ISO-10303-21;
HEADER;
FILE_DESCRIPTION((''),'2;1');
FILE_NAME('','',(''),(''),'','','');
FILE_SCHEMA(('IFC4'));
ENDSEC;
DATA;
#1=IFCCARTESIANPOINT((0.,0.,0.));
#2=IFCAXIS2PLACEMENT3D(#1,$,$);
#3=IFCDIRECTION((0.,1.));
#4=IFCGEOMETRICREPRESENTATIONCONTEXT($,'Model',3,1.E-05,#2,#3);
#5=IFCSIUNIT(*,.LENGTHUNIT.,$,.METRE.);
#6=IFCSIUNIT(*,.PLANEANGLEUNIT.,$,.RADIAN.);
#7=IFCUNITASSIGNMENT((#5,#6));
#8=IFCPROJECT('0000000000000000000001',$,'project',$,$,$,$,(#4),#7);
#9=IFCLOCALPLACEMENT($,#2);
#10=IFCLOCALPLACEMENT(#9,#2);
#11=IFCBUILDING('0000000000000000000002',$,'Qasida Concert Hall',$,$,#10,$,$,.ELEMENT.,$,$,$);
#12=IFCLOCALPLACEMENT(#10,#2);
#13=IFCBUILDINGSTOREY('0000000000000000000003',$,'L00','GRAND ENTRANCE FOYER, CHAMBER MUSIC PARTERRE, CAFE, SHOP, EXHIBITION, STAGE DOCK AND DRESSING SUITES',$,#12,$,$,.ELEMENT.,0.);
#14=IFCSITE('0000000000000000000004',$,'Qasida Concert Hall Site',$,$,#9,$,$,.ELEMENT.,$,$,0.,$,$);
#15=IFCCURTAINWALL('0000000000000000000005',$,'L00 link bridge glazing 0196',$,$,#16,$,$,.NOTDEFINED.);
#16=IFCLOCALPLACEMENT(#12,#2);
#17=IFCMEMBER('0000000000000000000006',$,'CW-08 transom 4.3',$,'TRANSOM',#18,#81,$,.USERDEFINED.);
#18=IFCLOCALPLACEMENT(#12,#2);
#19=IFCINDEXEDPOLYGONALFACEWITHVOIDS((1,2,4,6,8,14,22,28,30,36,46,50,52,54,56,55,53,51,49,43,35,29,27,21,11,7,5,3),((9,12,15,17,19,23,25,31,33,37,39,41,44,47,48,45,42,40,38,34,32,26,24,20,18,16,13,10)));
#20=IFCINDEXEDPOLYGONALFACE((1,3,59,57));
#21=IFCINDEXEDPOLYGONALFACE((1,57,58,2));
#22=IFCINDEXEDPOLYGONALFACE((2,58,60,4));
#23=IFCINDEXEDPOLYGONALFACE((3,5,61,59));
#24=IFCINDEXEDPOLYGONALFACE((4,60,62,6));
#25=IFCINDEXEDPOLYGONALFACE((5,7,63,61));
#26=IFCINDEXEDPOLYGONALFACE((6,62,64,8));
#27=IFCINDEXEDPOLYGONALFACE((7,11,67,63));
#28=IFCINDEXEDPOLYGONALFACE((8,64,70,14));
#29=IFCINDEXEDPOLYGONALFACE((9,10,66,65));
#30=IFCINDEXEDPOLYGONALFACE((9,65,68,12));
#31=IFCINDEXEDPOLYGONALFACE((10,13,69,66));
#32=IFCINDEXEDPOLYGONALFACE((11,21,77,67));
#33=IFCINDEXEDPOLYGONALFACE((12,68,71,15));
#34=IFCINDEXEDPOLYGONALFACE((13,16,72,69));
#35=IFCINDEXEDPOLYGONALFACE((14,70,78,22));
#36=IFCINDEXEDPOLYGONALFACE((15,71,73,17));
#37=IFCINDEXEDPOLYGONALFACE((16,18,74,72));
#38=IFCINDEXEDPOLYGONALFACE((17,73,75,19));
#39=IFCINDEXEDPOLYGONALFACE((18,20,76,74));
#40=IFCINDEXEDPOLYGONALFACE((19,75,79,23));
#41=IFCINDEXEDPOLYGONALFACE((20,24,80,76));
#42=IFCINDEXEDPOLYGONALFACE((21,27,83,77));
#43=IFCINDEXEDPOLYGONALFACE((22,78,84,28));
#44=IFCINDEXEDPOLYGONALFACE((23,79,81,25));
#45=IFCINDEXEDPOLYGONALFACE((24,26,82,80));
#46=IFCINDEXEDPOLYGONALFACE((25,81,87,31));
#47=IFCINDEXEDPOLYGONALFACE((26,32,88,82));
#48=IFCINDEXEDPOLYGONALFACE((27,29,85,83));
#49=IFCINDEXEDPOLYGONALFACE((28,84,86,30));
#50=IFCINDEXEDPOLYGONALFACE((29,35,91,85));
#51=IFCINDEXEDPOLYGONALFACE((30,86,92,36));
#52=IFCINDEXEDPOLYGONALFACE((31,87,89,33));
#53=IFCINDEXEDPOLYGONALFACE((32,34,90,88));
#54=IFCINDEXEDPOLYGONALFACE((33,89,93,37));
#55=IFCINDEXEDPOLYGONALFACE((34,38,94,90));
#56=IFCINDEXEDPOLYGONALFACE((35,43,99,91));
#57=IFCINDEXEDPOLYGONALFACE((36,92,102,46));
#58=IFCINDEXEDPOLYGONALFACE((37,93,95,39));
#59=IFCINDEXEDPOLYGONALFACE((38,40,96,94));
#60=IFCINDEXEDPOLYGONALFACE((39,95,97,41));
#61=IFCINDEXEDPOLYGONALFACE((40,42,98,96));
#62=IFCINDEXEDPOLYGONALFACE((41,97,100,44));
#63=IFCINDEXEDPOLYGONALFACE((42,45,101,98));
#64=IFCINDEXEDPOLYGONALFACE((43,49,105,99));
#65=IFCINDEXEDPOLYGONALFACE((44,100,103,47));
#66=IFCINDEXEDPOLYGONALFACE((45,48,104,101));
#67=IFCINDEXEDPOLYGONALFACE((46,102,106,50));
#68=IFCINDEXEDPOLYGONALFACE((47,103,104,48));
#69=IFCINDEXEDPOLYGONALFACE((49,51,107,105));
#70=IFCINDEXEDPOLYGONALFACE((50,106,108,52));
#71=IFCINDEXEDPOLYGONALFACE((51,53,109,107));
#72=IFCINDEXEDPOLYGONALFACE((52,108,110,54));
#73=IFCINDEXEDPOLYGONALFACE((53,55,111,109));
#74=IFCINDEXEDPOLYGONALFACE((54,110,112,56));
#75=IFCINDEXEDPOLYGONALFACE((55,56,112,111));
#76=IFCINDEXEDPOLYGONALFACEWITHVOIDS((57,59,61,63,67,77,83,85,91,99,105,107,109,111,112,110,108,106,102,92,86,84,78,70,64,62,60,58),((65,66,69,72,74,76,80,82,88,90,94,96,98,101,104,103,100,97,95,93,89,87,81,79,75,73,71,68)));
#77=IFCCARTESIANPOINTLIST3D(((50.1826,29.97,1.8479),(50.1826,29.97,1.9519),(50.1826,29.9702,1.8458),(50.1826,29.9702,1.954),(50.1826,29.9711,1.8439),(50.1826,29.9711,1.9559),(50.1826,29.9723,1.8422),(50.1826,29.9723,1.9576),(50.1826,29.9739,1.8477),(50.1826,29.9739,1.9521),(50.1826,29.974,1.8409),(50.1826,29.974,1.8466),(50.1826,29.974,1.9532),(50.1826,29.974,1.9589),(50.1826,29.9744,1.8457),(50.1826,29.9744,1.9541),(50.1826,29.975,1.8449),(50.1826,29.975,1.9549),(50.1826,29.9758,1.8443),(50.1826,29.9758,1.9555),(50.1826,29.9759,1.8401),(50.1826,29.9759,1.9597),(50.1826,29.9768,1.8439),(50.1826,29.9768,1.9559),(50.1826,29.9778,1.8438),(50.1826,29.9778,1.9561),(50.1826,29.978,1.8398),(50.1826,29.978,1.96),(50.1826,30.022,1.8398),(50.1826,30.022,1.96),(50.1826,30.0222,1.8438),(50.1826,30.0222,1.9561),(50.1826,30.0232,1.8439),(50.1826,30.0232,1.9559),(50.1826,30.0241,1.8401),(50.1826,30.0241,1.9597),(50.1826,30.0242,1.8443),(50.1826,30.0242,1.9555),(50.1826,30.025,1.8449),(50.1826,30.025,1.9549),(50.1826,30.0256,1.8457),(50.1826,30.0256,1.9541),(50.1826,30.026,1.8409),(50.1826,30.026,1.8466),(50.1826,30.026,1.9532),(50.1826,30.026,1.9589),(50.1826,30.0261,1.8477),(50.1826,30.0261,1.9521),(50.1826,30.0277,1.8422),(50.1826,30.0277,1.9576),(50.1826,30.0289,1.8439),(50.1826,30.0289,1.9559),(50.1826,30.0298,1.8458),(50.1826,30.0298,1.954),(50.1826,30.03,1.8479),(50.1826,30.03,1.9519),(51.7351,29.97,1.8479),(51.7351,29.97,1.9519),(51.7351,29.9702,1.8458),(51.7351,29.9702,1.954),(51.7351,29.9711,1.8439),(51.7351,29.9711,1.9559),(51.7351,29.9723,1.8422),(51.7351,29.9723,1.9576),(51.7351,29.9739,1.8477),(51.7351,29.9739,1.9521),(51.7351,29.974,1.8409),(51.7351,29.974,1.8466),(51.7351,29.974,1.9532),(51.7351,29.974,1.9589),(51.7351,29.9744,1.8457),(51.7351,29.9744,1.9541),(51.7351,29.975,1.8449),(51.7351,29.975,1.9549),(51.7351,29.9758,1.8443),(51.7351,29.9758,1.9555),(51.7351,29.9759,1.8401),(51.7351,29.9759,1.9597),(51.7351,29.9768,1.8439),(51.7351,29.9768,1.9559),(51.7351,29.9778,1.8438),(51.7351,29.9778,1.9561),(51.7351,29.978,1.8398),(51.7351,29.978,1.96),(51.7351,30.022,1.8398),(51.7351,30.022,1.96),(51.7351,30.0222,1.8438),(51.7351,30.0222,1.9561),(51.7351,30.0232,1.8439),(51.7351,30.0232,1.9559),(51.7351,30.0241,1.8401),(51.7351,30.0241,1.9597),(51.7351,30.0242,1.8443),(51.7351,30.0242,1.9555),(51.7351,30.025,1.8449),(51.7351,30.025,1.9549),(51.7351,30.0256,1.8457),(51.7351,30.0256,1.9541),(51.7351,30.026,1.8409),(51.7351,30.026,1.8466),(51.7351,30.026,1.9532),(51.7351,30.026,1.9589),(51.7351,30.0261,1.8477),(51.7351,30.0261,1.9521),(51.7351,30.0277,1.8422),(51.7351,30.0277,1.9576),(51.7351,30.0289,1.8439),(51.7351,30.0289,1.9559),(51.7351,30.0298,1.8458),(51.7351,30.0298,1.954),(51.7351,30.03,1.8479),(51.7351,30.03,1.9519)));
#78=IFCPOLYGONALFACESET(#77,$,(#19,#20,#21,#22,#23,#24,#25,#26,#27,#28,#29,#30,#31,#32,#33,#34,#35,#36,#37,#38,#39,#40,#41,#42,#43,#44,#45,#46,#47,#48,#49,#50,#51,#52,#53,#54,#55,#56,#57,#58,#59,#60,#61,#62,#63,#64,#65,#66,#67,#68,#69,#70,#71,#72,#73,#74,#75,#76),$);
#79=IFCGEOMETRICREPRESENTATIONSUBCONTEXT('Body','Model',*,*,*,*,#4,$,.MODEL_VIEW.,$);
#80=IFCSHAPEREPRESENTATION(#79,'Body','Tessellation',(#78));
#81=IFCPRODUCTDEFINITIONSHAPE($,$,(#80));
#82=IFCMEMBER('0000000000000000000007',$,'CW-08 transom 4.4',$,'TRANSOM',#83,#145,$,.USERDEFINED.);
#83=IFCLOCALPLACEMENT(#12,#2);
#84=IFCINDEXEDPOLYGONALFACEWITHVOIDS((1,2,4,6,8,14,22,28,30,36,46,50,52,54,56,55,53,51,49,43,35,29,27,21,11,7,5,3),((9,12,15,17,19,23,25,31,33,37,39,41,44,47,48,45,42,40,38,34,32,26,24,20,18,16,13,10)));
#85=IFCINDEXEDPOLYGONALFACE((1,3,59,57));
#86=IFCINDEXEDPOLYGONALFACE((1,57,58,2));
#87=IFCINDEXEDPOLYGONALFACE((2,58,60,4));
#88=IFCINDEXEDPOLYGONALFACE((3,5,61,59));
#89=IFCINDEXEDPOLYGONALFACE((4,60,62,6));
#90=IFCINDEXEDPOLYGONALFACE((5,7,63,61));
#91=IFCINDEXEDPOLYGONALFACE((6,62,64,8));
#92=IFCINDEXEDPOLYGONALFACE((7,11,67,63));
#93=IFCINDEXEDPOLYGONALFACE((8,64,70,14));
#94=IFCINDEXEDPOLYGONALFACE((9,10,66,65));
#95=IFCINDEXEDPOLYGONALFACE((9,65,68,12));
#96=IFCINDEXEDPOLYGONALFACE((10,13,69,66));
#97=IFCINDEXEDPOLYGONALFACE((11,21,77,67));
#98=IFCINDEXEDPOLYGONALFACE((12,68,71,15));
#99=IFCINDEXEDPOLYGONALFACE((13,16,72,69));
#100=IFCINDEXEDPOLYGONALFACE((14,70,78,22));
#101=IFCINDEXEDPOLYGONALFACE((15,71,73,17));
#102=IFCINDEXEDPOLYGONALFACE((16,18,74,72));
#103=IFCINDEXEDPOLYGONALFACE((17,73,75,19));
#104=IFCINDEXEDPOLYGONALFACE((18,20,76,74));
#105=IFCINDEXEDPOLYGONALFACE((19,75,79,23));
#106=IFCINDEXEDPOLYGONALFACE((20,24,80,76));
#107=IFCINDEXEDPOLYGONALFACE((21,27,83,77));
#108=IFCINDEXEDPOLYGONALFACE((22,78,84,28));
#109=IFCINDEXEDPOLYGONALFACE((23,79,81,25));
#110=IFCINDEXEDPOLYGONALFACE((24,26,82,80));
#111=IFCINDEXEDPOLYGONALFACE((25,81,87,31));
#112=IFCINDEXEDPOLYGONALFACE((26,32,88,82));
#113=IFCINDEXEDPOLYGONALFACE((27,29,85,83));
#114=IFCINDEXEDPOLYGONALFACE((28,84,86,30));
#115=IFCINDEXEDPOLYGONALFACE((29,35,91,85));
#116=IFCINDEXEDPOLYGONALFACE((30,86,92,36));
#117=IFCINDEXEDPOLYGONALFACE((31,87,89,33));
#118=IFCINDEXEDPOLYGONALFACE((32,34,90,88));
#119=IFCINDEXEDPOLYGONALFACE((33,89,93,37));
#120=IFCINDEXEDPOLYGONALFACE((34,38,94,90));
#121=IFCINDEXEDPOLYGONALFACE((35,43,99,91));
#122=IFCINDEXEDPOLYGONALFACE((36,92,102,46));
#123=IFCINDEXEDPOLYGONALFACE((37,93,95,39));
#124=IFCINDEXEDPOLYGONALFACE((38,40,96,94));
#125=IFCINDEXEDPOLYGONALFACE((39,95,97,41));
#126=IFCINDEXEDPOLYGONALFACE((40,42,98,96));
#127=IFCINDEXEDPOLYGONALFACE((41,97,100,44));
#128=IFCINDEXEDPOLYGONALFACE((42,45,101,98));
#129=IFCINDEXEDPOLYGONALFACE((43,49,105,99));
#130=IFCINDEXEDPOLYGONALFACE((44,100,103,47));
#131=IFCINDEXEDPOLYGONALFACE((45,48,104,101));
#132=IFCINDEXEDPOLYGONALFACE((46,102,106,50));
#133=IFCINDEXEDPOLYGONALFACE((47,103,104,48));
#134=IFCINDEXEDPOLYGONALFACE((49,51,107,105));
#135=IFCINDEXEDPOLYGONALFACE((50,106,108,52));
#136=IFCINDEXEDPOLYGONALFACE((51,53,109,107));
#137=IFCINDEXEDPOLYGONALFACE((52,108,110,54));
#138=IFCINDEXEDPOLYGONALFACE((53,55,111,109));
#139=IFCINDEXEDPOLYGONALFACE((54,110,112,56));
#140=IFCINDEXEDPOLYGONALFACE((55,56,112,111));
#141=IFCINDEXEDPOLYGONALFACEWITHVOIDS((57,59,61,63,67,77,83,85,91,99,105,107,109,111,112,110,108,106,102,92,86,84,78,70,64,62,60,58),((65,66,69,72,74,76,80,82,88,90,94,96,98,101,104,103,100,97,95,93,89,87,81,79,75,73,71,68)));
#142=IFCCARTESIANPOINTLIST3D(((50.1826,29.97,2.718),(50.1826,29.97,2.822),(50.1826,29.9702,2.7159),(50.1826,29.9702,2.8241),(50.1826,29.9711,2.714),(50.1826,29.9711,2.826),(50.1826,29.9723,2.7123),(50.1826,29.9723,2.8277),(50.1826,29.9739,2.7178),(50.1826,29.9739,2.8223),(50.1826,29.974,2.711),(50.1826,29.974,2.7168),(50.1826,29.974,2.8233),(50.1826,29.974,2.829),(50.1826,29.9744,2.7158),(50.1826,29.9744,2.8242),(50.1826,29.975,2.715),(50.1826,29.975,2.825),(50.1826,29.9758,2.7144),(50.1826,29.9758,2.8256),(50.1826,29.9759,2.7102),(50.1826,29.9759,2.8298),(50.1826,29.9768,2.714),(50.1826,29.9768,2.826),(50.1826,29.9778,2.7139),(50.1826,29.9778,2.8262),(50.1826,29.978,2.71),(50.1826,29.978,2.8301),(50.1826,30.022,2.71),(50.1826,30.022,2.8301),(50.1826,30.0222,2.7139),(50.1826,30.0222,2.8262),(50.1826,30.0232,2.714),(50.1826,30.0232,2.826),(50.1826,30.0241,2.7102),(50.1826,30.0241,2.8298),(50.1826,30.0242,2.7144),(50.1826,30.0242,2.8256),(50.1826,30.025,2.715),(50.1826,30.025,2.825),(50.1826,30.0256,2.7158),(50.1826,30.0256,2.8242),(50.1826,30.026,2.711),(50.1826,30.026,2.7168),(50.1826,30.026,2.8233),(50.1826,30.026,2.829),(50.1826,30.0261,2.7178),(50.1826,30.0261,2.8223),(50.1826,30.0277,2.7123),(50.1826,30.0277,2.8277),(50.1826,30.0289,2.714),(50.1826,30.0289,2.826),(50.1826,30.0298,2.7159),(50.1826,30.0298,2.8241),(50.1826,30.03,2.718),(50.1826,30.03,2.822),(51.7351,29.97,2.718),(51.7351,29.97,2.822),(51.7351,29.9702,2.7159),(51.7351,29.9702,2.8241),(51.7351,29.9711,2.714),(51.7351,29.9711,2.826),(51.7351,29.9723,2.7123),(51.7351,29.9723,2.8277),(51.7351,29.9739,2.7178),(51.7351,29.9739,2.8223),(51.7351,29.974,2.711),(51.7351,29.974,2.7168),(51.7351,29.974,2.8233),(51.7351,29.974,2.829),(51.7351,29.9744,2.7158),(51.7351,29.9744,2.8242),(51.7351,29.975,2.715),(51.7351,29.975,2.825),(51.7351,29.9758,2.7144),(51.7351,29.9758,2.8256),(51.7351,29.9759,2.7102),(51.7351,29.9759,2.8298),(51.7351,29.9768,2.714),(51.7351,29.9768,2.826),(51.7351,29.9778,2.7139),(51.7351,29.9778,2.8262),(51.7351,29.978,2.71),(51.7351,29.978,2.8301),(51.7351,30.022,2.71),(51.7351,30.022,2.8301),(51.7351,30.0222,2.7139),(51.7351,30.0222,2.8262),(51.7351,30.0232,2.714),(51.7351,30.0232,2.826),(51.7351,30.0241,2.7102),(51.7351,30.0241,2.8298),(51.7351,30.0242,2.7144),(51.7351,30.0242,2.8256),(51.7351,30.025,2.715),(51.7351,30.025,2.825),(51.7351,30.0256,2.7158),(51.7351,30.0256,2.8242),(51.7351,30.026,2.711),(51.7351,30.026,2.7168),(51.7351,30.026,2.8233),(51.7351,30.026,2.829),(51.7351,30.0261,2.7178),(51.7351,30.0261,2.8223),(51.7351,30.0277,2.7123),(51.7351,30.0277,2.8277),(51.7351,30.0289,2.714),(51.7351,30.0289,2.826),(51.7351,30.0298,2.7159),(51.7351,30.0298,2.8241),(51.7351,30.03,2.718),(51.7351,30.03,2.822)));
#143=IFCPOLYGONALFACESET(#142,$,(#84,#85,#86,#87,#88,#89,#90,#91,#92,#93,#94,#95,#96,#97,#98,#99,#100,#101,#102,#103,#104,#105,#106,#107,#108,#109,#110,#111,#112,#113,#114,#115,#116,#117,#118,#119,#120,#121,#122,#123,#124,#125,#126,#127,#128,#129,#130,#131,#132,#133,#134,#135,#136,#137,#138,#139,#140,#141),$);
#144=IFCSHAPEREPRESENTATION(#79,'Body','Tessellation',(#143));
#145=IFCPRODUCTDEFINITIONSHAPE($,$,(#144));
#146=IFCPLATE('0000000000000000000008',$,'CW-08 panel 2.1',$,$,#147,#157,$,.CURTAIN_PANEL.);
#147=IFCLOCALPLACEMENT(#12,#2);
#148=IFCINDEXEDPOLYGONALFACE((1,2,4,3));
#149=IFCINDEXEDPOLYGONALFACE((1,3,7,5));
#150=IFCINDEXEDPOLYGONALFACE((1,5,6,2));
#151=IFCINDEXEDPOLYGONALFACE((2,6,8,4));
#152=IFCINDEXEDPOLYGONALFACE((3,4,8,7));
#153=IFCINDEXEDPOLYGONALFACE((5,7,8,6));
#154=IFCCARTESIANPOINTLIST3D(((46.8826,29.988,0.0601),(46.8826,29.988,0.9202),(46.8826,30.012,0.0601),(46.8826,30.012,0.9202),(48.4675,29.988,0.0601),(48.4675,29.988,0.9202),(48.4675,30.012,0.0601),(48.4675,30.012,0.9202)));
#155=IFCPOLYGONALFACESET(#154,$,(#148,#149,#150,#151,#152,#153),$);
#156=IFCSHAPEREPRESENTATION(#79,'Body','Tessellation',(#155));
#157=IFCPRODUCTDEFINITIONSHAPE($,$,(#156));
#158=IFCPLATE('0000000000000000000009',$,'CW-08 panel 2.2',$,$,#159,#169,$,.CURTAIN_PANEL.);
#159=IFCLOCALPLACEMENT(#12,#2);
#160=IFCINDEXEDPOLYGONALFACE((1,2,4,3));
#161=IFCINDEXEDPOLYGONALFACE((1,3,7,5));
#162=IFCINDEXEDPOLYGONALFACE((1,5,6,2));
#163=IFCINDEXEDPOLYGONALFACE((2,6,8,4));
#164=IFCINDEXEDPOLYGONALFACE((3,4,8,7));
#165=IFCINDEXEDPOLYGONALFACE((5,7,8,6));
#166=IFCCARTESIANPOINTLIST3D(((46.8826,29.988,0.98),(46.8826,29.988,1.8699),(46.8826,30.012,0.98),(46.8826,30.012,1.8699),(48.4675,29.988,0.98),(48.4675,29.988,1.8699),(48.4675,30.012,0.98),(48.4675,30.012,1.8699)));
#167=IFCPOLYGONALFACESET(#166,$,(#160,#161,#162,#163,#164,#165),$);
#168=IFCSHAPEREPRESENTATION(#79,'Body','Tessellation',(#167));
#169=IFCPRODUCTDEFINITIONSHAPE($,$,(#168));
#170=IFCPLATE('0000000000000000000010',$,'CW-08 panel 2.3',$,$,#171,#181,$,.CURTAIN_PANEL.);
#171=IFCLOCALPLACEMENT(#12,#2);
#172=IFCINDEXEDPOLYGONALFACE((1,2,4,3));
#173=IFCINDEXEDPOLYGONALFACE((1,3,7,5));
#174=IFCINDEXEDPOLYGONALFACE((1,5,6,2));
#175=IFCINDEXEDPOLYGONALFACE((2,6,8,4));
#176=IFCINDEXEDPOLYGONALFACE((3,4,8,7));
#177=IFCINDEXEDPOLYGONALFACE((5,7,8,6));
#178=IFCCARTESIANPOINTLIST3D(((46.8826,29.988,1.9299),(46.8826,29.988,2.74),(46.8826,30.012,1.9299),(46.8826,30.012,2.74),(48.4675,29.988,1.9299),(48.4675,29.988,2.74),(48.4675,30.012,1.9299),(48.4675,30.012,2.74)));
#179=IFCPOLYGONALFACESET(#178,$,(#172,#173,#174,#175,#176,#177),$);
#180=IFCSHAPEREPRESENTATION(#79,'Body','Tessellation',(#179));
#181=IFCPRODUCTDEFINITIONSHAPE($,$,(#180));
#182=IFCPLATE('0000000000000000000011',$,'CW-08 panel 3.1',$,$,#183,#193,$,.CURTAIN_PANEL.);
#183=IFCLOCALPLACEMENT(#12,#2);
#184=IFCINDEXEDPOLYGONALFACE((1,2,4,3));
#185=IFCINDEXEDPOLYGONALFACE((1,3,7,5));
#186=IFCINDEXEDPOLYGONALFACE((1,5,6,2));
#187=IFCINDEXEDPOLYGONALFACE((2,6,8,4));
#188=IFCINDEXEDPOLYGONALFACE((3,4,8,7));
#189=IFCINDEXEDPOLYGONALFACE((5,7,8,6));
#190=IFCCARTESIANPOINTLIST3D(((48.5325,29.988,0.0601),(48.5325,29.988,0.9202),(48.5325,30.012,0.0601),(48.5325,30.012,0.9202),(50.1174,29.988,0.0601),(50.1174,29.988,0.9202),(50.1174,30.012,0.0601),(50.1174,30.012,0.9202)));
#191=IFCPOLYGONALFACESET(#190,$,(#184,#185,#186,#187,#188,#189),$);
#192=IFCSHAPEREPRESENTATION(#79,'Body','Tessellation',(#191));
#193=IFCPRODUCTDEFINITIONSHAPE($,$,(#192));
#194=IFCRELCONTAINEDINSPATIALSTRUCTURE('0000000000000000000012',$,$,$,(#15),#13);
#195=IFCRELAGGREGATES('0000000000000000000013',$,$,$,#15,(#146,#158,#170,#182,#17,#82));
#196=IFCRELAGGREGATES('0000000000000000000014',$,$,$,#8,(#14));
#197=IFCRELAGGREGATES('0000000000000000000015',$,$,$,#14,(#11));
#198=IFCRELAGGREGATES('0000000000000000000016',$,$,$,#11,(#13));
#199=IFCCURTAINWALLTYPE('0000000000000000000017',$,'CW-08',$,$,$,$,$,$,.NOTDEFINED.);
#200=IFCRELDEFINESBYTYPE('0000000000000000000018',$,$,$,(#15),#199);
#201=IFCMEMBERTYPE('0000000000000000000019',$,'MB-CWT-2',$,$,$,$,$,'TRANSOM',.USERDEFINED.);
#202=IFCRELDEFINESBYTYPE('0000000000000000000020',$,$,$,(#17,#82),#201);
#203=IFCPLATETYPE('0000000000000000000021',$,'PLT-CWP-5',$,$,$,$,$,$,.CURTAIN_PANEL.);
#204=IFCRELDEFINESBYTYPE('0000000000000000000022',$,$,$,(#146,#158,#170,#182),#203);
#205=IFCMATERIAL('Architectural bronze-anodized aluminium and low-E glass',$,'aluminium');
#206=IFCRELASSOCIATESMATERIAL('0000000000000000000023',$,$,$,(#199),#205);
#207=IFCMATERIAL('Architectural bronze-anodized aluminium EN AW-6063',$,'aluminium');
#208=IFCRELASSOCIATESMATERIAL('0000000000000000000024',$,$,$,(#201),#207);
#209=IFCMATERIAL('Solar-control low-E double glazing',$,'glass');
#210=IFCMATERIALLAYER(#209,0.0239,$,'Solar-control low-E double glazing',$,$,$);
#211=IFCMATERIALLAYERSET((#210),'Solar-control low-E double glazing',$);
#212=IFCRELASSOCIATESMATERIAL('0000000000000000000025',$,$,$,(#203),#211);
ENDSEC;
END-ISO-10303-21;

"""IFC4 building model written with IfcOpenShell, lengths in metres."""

from ifc_helpers import new_model, si_unit, direction, frame, origin, origin_2d, place, context, subcontext, project, spatial, rectangle, hollow_rectangle, extrude, material, layer, layer_set, material_profile, profile_set, type_object, element, aggregate, save


model = new_model("IFC4")

# Units and contexts
model_context = context("Model", 3, precision=1e-05, world=origin(), true_north=direction((0.0, 1.0)))
body_context = subcontext(model_context, "Body", "Model", "MODEL_VIEW")
ifc_project = project(units=[si_unit("LENGTHUNIT", "METRE"), si_unit("PLANEANGLEUNIT", "RADIAN")], contexts=[model_context])

# Site, building, storey
site_placement = place(None, origin())
site = spatial("IfcSite", under=ifc_project, at=site_placement, Name="Qasida Concert Hall Site", CompositionType="ELEMENT", RefElevation=0.0)
building_placement = place(site_placement, origin())
building = spatial("IfcBuilding", under=site, at=building_placement, Name="Qasida Concert Hall", CompositionType="ELEMENT")
storey_placement = place(building_placement, origin())
storey = spatial("IfcBuildingStorey", under=building, at=storey_placement, Name="L00", Description="GRAND ENTRANCE FOYER, CHAMBER MUSIC PARTERRE, CAFE, SHOP, EXHIBITION, STAGE DOCK AND DRESSING SUITES", CompositionType="ELEMENT", Elevation=0.0)

# Curtain wall, members, plates
ifc_material_1 = material(Name="Architectural bronze-anodized aluminium and low-E glass", Category="aluminium")
curtain_wall_type = type_object("IfcCurtainWallType", Name="CW-08", PredefinedType="NOTDEFINED", material=ifc_material_1)
curtain_wall_placement = place(storey_placement, origin())
curtain_wall = element("IfcCurtainWall", 1, at=curtain_wall_placement, inside=storey, type_object=curtain_wall_type, Name="L00 link bridge glazing 0196", PredefinedType="NOTDEFINED")
ifc_material_2 = material(Name="Architectural bronze-anodized aluminium EN AW-6063", Category="aluminium")
ifc_material_profile_1 = material_profile(ifc_material_2, hollow_rectangle(XDim=0.0601, YDim=0.1201, WallThickness=0.0039, InnerFilletRadius=0.0039, OuterFilletRadius=0.0081, at=origin_2d()), Name="CWT 120x60x4")
ifc_profile_set_1 = profile_set([ifc_material_profile_1], Name="Architectural bronze-anodized aluminium EN AW-6063")
member_type_1 = type_object("IfcMemberType", Name="MB-CWT-2", ElementType="TRANSOM", PredefinedType="USERDEFINED", material=ifc_profile_set_1)
member_1_placement = place(storey_placement, frame((50.1826, 30.0, 1.8999), z_axis=(1.0, 0.0, 0.0), x_axis=(0.0, 1.0, 0.0)))
member_1 = element("IfcMember", 2, at=member_1_placement, type_object=member_type_1, Name="CW-08 transom 4.3", ObjectType="TRANSOM", PredefinedType="USERDEFINED", context=body_context, shape_type="SweptSolid", body=[
    extrude(hollow_rectangle(XDim=0.0601, YDim=0.1201, WallThickness=0.0039, InnerFilletRadius=0.0039, OuterFilletRadius=0.0081, at=origin_2d()), origin(), (0.0, 0.0, 1.0), 1.5525),
])
member_2_placement = place(storey_placement, frame((50.1826, 30.0, 2.77), z_axis=(1.0, 0.0, 0.0), x_axis=(0.0, 1.0, 0.0)))
member_2 = element("IfcMember", 3, at=member_2_placement, type_object=member_type_1, Name="CW-08 transom 4.4", ObjectType="TRANSOM", PredefinedType="USERDEFINED", context=body_context, shape_type="SweptSolid", body=[
    extrude(hollow_rectangle(XDim=0.0601, YDim=0.1201, WallThickness=0.0039, InnerFilletRadius=0.0039, OuterFilletRadius=0.0081, at=origin_2d()), origin(), (0.0, 0.0, 1.0), 1.5525),
])
ifc_material_3 = material(Name="Solar-control low-E double glazing", Category="glass")
ifc_layer = layer(ifc_material_3, 0.0239, Name="Solar-control low-E double glazing")
ifc_layer_set = layer_set([ifc_layer], Name="Solar-control low-E double glazing")
plate_type = type_object("IfcPlateType", Name="PLT-CWP-5", PredefinedType="CURTAIN_PANEL", material=ifc_layer_set)
plate_1_placement = place(storey_placement, frame((47.675, 30.0, 0.0601), z_axis=(0.0, 0.0, 1.0), x_axis=(1.0, 0.0, 0.0)))
plate_1 = element("IfcPlate", 4, at=plate_1_placement, type_object=plate_type, Name="CW-08 panel 2.1", PredefinedType="CURTAIN_PANEL", context=body_context, shape_type="SweptSolid", body=[
    extrude(rectangle(XDim=1.585, YDim=0.0239, at=origin_2d()), origin(), (0.0, 0.0, 1.0), 0.8601),
])
plate_2_placement = place(storey_placement, frame((47.675, 30.0, 0.98), z_axis=(0.0, 0.0, 1.0), x_axis=(1.0, 0.0, 0.0)))
plate_2 = element("IfcPlate", 5, at=plate_2_placement, type_object=plate_type, Name="CW-08 panel 2.2", PredefinedType="CURTAIN_PANEL", context=body_context, shape_type="SweptSolid", body=[
    extrude(rectangle(XDim=1.585, YDim=0.0239, at=origin_2d()), origin(), (0.0, 0.0, 1.0), 0.8899),
])
plate_3_placement = place(storey_placement, frame((47.675, 30.0, 1.9299), z_axis=(0.0, 0.0, 1.0), x_axis=(1.0, 0.0, 0.0)))
plate_3 = element("IfcPlate", 6, at=plate_3_placement, type_object=plate_type, Name="CW-08 panel 2.3", PredefinedType="CURTAIN_PANEL", context=body_context, shape_type="SweptSolid", body=[
    extrude(rectangle(XDim=1.585, YDim=0.0239, at=origin_2d()), origin(), (0.0, 0.0, 1.0), 0.8101),
])
plate_4_placement = place(storey_placement, frame((49.325, 30.0, 0.0601), z_axis=(0.0, 0.0, 1.0), x_axis=(1.0, 0.0, 0.0)))
plate_4 = element("IfcPlate", 7, at=plate_4_placement, type_object=plate_type, Name="CW-08 panel 3.1", PredefinedType="CURTAIN_PANEL", context=body_context, shape_type="SweptSolid", body=[
    extrude(rectangle(XDim=1.585, YDim=0.0239, at=origin_2d()), origin(), (0.0, 0.0, 1.0), 0.8601),
])
aggregate(curtain_wall, [plate_1, plate_2, plate_3, plate_4, member_1, member_2])

save(model, "model.ifc")
